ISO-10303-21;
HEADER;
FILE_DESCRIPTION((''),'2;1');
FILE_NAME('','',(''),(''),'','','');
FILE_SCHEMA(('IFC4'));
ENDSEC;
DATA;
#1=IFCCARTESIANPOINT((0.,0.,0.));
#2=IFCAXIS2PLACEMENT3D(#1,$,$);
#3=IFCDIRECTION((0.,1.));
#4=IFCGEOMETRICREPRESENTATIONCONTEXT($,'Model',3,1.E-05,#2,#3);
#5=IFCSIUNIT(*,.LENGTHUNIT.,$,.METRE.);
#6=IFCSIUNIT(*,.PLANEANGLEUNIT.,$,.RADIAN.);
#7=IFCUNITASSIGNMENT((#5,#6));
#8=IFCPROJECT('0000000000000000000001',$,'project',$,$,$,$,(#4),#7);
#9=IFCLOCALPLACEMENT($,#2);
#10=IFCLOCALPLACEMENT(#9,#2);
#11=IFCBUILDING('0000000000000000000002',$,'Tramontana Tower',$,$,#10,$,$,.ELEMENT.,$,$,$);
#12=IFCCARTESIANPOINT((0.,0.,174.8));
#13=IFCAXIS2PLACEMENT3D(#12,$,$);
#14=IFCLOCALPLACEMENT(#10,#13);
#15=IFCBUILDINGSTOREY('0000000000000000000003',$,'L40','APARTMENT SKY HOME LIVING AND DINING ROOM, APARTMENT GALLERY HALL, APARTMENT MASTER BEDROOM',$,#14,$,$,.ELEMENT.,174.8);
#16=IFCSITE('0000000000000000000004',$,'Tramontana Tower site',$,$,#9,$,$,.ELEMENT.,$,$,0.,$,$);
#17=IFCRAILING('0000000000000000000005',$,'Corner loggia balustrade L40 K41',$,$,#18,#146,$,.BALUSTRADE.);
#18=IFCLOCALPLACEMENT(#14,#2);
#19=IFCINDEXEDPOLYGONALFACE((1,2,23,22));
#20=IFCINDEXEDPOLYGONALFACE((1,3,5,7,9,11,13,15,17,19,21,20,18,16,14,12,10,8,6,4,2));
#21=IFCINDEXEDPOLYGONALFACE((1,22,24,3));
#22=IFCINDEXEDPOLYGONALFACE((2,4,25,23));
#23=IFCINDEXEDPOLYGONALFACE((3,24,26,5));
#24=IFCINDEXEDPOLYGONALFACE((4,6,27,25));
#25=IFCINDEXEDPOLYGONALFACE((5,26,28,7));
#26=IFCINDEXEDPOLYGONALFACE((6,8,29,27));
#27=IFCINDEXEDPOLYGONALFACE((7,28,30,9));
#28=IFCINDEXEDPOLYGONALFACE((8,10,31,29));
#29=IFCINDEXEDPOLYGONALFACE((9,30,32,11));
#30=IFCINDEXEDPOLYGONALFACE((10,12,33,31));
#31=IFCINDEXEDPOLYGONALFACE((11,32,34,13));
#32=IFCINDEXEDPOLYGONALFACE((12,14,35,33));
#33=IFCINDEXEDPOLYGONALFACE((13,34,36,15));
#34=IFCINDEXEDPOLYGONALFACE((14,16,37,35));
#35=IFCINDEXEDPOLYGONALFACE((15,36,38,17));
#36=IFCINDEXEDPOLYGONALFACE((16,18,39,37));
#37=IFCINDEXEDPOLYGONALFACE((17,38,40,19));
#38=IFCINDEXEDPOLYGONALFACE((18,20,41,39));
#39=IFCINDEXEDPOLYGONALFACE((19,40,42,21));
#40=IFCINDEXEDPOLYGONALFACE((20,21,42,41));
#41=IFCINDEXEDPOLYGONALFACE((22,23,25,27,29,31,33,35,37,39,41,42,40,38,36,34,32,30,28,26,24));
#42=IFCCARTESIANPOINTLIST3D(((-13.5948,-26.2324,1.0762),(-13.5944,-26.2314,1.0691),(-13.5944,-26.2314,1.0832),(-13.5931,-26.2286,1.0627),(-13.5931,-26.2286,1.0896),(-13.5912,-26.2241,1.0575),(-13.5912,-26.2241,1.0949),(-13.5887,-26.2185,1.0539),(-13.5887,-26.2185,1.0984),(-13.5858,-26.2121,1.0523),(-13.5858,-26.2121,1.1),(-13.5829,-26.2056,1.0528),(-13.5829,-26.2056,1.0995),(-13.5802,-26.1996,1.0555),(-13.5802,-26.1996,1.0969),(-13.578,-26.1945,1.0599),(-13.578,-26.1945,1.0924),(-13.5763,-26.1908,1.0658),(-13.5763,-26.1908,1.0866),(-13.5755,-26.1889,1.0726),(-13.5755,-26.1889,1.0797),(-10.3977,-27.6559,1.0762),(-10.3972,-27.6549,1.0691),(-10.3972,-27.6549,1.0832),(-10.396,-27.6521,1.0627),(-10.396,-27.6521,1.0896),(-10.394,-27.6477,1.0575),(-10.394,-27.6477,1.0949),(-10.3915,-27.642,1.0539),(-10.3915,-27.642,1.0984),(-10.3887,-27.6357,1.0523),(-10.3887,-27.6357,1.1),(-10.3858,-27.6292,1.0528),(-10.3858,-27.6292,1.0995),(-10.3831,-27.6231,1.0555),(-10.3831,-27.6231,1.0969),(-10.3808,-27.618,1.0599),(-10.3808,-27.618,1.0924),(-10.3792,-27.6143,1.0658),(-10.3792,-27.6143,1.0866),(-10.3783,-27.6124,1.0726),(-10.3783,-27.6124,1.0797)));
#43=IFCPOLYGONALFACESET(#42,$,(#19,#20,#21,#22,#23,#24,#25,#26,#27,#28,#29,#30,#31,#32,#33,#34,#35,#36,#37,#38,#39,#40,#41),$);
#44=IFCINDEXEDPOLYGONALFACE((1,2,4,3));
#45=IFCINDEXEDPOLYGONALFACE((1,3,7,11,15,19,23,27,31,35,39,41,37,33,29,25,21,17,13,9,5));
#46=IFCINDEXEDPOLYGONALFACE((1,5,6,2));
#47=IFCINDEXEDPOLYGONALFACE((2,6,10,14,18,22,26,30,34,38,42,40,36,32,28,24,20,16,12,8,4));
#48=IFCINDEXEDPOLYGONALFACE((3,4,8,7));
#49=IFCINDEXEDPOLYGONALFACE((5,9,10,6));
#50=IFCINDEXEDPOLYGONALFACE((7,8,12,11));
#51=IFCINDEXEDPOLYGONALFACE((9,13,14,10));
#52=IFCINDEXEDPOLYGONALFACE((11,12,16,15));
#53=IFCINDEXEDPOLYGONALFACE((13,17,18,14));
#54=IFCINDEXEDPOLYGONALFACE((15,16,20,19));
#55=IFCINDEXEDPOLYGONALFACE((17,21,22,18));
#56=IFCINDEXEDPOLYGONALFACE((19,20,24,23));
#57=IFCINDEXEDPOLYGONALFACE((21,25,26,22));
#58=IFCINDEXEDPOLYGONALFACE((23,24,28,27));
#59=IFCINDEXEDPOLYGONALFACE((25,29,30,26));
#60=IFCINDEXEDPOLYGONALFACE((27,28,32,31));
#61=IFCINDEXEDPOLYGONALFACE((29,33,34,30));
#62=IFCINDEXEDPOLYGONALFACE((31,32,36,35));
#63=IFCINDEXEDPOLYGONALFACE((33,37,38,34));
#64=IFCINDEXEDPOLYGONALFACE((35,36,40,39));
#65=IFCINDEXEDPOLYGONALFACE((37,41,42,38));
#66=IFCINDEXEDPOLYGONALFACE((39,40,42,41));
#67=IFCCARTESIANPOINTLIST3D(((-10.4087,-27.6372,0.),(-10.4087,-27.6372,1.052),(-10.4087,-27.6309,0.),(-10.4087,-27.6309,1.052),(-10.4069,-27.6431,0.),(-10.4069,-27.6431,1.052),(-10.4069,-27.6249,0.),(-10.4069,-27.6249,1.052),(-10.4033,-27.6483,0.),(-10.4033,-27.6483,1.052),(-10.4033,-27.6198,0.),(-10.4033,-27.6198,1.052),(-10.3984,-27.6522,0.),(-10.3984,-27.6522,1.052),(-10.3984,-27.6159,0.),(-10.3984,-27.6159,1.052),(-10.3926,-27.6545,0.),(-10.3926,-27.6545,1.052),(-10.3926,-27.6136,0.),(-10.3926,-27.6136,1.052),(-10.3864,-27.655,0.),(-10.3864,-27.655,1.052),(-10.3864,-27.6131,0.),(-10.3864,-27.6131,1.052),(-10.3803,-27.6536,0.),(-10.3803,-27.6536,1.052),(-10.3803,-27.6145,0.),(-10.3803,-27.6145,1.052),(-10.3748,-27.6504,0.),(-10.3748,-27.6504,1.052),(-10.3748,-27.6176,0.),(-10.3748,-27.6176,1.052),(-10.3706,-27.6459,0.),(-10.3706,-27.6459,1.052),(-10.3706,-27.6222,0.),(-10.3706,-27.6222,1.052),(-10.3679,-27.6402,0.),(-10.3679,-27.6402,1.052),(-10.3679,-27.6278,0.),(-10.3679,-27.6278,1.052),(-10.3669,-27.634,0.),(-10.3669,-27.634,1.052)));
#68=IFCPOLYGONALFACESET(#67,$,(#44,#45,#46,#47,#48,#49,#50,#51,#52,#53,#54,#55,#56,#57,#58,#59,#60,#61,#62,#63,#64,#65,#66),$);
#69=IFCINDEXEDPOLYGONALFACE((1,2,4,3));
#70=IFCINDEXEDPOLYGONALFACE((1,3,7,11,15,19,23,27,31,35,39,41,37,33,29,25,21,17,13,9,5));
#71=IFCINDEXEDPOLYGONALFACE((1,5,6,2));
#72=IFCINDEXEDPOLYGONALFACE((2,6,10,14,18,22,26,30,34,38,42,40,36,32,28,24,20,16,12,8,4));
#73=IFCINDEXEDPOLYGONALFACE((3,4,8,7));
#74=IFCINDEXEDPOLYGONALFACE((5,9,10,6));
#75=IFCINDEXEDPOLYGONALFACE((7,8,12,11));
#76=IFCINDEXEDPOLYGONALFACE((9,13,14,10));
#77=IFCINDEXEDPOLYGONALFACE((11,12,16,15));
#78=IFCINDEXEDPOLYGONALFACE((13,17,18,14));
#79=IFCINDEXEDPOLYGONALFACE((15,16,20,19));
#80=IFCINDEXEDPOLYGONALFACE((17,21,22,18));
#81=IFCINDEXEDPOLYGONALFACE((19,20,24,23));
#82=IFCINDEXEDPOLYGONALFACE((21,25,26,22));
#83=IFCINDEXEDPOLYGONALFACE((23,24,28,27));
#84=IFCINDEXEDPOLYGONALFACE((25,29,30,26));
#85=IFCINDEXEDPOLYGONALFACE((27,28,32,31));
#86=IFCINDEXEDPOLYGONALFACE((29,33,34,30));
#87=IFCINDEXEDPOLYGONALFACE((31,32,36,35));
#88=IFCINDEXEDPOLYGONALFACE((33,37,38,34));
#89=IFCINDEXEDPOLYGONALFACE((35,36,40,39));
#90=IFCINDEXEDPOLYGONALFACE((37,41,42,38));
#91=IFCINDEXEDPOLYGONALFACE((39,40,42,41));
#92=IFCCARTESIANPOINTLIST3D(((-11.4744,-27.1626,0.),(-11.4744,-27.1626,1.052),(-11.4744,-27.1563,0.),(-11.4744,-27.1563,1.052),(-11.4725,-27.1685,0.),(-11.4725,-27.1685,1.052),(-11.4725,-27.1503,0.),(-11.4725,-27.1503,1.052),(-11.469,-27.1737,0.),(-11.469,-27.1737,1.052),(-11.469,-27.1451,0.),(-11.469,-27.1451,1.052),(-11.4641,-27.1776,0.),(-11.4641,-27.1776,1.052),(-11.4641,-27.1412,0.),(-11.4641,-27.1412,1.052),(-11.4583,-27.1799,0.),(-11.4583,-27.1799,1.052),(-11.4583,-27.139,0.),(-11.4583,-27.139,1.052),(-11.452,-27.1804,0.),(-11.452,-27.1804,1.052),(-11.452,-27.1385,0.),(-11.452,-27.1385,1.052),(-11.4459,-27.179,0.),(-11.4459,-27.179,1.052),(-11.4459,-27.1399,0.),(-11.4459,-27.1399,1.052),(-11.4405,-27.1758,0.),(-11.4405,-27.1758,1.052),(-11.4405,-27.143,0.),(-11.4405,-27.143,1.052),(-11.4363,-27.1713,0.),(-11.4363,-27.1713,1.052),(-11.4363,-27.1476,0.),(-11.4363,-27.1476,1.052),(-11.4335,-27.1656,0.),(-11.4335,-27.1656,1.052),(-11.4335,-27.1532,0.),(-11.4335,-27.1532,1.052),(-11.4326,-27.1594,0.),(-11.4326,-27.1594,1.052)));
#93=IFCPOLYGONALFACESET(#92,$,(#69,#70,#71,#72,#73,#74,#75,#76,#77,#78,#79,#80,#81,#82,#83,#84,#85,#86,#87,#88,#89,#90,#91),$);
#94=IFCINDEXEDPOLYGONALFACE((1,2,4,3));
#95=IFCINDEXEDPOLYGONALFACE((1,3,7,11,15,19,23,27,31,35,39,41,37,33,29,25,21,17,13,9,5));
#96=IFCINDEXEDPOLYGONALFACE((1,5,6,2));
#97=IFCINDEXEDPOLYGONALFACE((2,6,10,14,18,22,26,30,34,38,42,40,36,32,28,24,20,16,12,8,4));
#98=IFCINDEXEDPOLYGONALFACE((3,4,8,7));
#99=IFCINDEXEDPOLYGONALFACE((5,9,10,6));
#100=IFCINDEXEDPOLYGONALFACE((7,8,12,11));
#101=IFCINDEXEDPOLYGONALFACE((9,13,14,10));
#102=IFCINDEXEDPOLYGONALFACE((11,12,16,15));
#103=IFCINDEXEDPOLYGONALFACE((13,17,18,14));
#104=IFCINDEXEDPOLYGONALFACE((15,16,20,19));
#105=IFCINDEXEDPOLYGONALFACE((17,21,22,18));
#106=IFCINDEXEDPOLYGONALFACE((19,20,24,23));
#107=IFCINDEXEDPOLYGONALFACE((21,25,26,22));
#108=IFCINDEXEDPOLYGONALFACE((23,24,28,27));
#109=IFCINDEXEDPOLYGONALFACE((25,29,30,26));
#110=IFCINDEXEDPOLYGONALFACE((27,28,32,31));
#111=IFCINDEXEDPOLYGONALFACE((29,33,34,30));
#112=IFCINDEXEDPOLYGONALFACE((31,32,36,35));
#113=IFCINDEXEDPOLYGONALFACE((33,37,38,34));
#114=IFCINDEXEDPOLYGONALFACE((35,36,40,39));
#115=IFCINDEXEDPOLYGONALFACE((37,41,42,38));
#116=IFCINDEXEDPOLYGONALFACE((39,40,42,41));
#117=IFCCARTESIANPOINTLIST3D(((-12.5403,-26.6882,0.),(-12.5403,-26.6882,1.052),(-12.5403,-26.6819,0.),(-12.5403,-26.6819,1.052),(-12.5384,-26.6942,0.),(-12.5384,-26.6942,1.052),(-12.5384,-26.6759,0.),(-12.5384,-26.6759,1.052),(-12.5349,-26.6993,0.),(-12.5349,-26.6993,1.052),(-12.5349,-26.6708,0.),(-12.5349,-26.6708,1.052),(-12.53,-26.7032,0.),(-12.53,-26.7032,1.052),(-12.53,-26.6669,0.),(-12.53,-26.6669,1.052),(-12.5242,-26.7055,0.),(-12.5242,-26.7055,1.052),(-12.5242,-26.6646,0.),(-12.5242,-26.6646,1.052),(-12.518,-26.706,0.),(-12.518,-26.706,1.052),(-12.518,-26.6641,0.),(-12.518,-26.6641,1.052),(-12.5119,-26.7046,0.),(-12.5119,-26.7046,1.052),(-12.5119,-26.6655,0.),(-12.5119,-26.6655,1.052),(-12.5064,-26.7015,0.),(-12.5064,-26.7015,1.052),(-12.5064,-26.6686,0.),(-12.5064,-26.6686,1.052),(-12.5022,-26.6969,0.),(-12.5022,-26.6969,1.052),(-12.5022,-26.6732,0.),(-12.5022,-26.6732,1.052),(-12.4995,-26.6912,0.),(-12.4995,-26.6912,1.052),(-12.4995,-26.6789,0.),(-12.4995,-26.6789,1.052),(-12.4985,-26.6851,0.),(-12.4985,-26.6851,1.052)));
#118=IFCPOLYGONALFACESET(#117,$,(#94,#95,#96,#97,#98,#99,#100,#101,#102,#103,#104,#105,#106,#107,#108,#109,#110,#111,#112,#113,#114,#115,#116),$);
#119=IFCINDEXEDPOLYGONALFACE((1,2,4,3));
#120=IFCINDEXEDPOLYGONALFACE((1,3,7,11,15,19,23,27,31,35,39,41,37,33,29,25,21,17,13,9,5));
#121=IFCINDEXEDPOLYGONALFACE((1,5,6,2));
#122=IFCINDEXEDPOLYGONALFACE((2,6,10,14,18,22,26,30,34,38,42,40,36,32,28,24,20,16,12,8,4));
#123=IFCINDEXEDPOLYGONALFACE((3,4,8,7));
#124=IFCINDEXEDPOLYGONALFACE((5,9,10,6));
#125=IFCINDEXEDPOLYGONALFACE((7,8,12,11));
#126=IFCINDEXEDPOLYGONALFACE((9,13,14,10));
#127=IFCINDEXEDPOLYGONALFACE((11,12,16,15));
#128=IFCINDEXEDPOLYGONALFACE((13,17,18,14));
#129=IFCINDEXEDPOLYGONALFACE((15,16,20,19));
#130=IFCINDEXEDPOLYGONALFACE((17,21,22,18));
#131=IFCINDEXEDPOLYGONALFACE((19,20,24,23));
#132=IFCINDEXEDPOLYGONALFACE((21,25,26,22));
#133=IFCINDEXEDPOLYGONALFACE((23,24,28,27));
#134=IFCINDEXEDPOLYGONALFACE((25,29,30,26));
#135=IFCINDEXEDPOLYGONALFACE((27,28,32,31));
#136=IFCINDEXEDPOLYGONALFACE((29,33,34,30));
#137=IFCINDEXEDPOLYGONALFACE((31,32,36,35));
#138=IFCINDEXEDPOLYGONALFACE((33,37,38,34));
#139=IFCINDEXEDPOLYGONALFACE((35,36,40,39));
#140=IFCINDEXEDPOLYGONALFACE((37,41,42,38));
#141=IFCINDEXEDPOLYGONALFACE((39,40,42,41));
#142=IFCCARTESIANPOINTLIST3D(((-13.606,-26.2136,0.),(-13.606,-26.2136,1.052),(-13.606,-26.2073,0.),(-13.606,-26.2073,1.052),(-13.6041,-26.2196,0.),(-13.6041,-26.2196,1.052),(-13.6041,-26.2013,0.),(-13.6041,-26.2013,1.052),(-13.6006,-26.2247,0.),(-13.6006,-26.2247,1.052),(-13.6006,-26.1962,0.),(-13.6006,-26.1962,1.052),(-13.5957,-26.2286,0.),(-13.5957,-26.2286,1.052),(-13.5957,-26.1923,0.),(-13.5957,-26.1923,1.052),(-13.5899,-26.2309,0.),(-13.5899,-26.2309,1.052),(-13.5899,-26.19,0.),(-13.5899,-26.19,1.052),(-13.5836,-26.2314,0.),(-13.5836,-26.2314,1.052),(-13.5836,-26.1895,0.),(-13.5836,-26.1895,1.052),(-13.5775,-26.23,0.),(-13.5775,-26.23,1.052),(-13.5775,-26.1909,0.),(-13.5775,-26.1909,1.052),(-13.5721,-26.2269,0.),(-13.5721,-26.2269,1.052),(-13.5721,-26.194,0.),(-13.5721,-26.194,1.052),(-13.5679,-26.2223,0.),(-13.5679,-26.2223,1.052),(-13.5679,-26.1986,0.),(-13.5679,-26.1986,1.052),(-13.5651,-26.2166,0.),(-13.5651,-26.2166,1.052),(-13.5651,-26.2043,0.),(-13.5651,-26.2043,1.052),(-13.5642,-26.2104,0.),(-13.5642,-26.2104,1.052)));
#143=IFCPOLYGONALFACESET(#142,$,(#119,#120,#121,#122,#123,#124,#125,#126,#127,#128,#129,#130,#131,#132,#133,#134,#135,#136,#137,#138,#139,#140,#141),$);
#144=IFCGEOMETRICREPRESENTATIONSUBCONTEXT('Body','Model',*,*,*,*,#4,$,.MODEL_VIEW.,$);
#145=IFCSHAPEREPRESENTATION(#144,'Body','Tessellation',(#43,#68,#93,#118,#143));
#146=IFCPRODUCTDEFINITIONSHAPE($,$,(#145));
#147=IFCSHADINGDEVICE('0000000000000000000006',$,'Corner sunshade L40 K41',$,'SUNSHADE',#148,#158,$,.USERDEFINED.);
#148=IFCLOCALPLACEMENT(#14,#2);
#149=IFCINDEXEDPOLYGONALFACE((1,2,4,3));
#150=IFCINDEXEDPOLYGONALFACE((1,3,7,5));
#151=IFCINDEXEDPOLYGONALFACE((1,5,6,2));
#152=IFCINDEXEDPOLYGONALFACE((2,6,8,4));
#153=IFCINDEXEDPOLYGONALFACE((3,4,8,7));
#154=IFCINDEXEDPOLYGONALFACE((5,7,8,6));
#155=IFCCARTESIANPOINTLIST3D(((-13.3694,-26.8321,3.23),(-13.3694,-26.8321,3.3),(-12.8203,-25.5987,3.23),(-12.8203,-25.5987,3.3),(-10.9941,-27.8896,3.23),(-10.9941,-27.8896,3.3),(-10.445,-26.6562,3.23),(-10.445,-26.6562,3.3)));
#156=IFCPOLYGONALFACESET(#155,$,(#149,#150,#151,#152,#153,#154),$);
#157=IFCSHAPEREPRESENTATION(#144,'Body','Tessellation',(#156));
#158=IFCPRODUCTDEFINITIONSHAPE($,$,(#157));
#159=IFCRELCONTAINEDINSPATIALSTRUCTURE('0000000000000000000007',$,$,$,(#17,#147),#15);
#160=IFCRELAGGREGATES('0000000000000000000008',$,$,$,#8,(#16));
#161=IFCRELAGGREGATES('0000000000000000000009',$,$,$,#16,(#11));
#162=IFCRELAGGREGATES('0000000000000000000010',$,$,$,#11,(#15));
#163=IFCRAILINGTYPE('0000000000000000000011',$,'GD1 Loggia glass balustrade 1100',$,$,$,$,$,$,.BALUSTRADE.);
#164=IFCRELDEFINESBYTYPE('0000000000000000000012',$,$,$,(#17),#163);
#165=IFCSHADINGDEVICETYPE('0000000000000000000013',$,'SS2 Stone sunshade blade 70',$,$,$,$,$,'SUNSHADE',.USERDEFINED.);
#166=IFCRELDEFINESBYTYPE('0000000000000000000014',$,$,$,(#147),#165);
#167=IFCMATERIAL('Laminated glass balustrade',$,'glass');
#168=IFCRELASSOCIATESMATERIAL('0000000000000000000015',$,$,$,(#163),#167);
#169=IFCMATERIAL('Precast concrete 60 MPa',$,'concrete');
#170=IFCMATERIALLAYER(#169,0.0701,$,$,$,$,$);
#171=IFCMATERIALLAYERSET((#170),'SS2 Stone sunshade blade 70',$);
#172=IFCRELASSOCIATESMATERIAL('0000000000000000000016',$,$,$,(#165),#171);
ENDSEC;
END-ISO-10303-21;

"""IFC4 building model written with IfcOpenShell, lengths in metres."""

from ifc_helpers import new_model, si_unit, direction, frame, origin, origin_2d, place, context, subcontext, project, spatial, rectangle, circle, extrude, material, layer, layer_set, type_object, element, save


model = new_model("IFC4")

# Units and contexts
model_context = context("Model", 3, precision=1e-05, world=origin(), true_north=direction((0.0, 1.0)))
body_context = subcontext(model_context, "Body", "Model", "MODEL_VIEW")
ifc_project = project(units=[si_unit("LENGTHUNIT", "METRE"), si_unit("PLANEANGLEUNIT", "RADIAN")], contexts=[model_context])

# Site, building, storey
site_placement = place(None, origin())
site = spatial("IfcSite", under=ifc_project, at=site_placement, Name="Tramontana Tower site", CompositionType="ELEMENT", RefElevation=0.0)
building_placement = place(site_placement, origin())
building = spatial("IfcBuilding", under=site, at=building_placement, Name="Tramontana Tower", CompositionType="ELEMENT")
storey_placement = place(building_placement, frame((0.0, 0.0, 174.8)))
storey = spatial("IfcBuildingStorey", under=building, at=storey_placement, Name="L40", Description="APARTMENT SKY HOME LIVING AND DINING ROOM, APARTMENT GALLERY HALL, APARTMENT MASTER BEDROOM", CompositionType="ELEMENT", Elevation=174.8)

# Railing
ifc_material_1 = material(Name="Laminated glass balustrade", Category="glass")
railing_type = type_object("IfcRailingType", Name="GD1 Loggia glass balustrade 1100", PredefinedType="BALUSTRADE", material=ifc_material_1)
railing_placement = place(storey_placement, frame((-10.3879, -27.634, 0.0)))
element("IfcRailing", 1, at=railing_placement, inside=storey, type_object=railing_type, Name="Corner loggia balustrade L40 K41", PredefinedType="BALUSTRADE", context=body_context, shape_type="SweptSolid", body=[
    extrude(circle(Radius=0.0239, at=origin_2d()), frame((0.0, 0.0, 1.0762), z_axis=(-0.913538, 0.406753, 0.0), x_axis=(-0.406753, -0.913538, 0.0)), (0.0, 0.0, 1.0), 3.4998),
    extrude(circle(Radius=0.021, at=origin_2d()), origin(), (0.0, 0.0, 1.0), 1.052),
    extrude(circle(Radius=0.021, at=origin_2d()), frame((-1.0657, 0.4746, 0.0)), (0.0, 0.0, 1.0), 1.052),
    extrude(circle(Radius=0.021, at=origin_2d()), frame((-2.1316, 0.949, 0.0)), (0.0, 0.0, 1.0), 1.052),
    extrude(circle(Radius=0.021, at=origin_2d()), frame((-3.1973, 1.4236, 0.0)), (0.0, 0.0, 1.0), 1.052),
])

# Shading device
ifc_material_2 = material(Name="Precast concrete 60 MPa", Category="concrete")
ifc_layer_1 = layer(ifc_material_2, 0.0701)
ifc_layer_set_1 = layer_set([ifc_layer_1], Name="SS2 Stone sunshade blade 70")
shading_device_type = type_object("IfcShadingDeviceType", Name="SS2 Stone sunshade blade 70", ElementType="SUNSHADE", PredefinedType="USERDEFINED", material=ifc_layer_set_1)
shading_device_placement = place(storey_placement, frame((-11.9072, -26.7441, 3.23), z_axis=(0.0, 0.0, 1.0), x_axis=(-0.913545, 0.406737, 0.0)))
element("IfcShadingDevice", 2, at=shading_device_placement, inside=storey, type_object=shading_device_type, Name="Corner sunshade L40 K41", ObjectType="SUNSHADE", PredefinedType="USERDEFINED", context=body_context, shape_type="SweptSolid", body=[
    extrude(rectangle(XDim=2.6001, YDim=1.3501, at=origin_2d()), origin(), (0.0, 0.0, 1.0), 0.0701),
])

save(model, "model.ifc")
